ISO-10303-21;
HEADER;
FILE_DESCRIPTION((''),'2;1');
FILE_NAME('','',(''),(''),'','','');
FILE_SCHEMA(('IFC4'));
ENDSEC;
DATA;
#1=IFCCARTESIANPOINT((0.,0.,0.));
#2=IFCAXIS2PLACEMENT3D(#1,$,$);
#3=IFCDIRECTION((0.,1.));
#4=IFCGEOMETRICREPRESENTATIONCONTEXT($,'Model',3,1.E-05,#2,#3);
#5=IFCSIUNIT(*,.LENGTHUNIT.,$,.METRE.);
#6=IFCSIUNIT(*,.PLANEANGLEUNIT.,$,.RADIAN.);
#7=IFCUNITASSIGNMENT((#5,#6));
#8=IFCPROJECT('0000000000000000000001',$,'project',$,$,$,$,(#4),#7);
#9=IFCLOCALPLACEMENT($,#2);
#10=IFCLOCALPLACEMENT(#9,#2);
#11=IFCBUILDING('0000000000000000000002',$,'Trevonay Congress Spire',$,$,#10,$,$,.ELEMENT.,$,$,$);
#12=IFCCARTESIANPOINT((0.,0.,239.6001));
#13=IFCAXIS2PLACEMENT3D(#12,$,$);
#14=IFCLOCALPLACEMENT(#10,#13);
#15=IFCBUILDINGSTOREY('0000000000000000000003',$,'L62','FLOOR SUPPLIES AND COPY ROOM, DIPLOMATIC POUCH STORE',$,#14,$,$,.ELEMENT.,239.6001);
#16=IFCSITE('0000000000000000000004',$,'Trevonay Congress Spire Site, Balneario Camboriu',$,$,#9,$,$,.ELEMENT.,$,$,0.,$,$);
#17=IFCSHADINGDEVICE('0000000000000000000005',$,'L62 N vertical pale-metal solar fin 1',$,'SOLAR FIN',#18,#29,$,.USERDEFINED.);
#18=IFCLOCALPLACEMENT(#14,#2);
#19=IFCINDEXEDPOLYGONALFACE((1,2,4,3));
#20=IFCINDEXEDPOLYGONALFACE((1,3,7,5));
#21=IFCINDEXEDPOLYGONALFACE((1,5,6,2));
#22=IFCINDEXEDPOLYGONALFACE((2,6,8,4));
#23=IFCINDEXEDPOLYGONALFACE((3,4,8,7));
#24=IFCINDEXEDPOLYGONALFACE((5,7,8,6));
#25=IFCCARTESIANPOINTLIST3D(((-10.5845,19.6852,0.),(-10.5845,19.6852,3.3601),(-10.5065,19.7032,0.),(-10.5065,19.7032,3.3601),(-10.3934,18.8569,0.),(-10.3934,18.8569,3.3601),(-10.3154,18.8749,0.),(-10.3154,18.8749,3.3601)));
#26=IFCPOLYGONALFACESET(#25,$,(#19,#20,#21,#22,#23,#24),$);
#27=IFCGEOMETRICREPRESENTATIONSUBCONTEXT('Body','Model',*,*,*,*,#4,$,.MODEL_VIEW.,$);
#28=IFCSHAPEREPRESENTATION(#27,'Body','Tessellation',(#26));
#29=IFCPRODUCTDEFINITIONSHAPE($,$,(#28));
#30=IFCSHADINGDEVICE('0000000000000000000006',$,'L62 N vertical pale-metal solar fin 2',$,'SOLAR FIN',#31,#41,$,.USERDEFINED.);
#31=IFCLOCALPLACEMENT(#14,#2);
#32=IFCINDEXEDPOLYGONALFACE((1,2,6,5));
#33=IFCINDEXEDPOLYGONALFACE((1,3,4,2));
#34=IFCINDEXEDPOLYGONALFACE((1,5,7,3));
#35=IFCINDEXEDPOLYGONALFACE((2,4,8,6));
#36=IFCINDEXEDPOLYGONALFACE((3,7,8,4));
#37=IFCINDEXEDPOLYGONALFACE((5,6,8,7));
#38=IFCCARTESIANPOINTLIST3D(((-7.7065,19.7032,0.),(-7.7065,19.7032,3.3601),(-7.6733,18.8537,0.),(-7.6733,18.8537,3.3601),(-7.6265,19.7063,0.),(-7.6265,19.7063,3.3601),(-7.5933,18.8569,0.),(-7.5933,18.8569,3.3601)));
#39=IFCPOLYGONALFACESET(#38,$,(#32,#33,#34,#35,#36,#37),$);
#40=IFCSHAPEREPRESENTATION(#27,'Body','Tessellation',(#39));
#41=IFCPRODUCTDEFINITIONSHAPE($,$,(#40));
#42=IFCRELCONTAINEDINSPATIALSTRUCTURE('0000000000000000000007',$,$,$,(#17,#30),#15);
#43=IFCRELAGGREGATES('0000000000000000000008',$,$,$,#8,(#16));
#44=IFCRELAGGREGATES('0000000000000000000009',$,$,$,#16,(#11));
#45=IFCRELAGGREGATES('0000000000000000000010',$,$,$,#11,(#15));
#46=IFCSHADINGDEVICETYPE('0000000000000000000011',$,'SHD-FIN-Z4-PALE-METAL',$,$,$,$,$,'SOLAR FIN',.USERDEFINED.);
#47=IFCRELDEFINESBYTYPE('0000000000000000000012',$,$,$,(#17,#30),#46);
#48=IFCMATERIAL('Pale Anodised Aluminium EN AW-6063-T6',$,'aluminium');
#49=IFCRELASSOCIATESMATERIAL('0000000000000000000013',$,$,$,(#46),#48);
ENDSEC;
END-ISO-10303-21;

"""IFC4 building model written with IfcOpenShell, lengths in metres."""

from ifc_helpers import new_model, si_unit, direction, frame, origin, origin_2d, place, context, subcontext, project, spatial, rectangle, extrude, material, type_object, element, save


model = new_model("IFC4")

# Units and contexts
model_context = context("Model", 3, precision=1e-05, world=origin(), true_north=direction((0.0, 1.0)))
body_context = subcontext(model_context, "Body", "Model", "MODEL_VIEW")
ifc_project = project(units=[si_unit("LENGTHUNIT", "METRE"), si_unit("PLANEANGLEUNIT", "RADIAN")], contexts=[model_context])

# Site, building, storey
site_placement = place(None, origin())
site = spatial("IfcSite", under=ifc_project, at=site_placement, Name="Trevonay Congress Spire Site, Balneario Camboriu", CompositionType="ELEMENT", RefElevation=0.0)
building_placement = place(site_placement, origin())
building = spatial("IfcBuilding", under=site, at=building_placement, Name="Trevonay Congress Spire", CompositionType="ELEMENT")
storey_placement = place(building_placement, frame((0.0, 0.0, 239.6001)))
storey = spatial("IfcBuildingStorey", under=building, at=storey_placement, Name="L62", Description="FLOOR SUPPLIES AND COPY ROOM, DIPLOMATIC POUCH STORE", CompositionType="ELEMENT", Elevation=239.6001)

# Shared definitions
ifc_material_1 = material(Name="Pale Anodised Aluminium EN AW-6063-T6", Category="aluminium")

# Shading devices
shading_device_type = type_object("IfcShadingDeviceType", Name="SHD-FIN-Z4-PALE-METAL", ElementType="SOLAR FIN", PredefinedType="USERDEFINED", material=ifc_material_1)
for number, where, z_axis, x_axis, name in (
    (1, (-10.45, 19.28, 0.0), (0.0, 0.0, 1.0), (0.974409, 0.224781, 0.0), "L62 N vertical pale-metal solar fin 1"),
    (2, (-7.6499, 19.28, 0.0), (0.0, 0.0, 1.0), (0.999236, 0.039085, 0.0), "L62 N vertical pale-metal solar fin 2"),
):
    element("IfcShadingDevice", number, at=place(storey_placement, frame(where, z_axis=z_axis, x_axis=x_axis)), inside=storey, type_object=shading_device_type, Name=name, ObjectType="SOLAR FIN", PredefinedType="USERDEFINED", context=body_context, shape_type="SweptSolid", body=[
        extrude(rectangle(XDim=0.0801, YDim=0.8501, at=origin_2d()), origin(), (0.0, 0.0, 1.0), 3.3601),
    ])

save(model, "model.ifc")
